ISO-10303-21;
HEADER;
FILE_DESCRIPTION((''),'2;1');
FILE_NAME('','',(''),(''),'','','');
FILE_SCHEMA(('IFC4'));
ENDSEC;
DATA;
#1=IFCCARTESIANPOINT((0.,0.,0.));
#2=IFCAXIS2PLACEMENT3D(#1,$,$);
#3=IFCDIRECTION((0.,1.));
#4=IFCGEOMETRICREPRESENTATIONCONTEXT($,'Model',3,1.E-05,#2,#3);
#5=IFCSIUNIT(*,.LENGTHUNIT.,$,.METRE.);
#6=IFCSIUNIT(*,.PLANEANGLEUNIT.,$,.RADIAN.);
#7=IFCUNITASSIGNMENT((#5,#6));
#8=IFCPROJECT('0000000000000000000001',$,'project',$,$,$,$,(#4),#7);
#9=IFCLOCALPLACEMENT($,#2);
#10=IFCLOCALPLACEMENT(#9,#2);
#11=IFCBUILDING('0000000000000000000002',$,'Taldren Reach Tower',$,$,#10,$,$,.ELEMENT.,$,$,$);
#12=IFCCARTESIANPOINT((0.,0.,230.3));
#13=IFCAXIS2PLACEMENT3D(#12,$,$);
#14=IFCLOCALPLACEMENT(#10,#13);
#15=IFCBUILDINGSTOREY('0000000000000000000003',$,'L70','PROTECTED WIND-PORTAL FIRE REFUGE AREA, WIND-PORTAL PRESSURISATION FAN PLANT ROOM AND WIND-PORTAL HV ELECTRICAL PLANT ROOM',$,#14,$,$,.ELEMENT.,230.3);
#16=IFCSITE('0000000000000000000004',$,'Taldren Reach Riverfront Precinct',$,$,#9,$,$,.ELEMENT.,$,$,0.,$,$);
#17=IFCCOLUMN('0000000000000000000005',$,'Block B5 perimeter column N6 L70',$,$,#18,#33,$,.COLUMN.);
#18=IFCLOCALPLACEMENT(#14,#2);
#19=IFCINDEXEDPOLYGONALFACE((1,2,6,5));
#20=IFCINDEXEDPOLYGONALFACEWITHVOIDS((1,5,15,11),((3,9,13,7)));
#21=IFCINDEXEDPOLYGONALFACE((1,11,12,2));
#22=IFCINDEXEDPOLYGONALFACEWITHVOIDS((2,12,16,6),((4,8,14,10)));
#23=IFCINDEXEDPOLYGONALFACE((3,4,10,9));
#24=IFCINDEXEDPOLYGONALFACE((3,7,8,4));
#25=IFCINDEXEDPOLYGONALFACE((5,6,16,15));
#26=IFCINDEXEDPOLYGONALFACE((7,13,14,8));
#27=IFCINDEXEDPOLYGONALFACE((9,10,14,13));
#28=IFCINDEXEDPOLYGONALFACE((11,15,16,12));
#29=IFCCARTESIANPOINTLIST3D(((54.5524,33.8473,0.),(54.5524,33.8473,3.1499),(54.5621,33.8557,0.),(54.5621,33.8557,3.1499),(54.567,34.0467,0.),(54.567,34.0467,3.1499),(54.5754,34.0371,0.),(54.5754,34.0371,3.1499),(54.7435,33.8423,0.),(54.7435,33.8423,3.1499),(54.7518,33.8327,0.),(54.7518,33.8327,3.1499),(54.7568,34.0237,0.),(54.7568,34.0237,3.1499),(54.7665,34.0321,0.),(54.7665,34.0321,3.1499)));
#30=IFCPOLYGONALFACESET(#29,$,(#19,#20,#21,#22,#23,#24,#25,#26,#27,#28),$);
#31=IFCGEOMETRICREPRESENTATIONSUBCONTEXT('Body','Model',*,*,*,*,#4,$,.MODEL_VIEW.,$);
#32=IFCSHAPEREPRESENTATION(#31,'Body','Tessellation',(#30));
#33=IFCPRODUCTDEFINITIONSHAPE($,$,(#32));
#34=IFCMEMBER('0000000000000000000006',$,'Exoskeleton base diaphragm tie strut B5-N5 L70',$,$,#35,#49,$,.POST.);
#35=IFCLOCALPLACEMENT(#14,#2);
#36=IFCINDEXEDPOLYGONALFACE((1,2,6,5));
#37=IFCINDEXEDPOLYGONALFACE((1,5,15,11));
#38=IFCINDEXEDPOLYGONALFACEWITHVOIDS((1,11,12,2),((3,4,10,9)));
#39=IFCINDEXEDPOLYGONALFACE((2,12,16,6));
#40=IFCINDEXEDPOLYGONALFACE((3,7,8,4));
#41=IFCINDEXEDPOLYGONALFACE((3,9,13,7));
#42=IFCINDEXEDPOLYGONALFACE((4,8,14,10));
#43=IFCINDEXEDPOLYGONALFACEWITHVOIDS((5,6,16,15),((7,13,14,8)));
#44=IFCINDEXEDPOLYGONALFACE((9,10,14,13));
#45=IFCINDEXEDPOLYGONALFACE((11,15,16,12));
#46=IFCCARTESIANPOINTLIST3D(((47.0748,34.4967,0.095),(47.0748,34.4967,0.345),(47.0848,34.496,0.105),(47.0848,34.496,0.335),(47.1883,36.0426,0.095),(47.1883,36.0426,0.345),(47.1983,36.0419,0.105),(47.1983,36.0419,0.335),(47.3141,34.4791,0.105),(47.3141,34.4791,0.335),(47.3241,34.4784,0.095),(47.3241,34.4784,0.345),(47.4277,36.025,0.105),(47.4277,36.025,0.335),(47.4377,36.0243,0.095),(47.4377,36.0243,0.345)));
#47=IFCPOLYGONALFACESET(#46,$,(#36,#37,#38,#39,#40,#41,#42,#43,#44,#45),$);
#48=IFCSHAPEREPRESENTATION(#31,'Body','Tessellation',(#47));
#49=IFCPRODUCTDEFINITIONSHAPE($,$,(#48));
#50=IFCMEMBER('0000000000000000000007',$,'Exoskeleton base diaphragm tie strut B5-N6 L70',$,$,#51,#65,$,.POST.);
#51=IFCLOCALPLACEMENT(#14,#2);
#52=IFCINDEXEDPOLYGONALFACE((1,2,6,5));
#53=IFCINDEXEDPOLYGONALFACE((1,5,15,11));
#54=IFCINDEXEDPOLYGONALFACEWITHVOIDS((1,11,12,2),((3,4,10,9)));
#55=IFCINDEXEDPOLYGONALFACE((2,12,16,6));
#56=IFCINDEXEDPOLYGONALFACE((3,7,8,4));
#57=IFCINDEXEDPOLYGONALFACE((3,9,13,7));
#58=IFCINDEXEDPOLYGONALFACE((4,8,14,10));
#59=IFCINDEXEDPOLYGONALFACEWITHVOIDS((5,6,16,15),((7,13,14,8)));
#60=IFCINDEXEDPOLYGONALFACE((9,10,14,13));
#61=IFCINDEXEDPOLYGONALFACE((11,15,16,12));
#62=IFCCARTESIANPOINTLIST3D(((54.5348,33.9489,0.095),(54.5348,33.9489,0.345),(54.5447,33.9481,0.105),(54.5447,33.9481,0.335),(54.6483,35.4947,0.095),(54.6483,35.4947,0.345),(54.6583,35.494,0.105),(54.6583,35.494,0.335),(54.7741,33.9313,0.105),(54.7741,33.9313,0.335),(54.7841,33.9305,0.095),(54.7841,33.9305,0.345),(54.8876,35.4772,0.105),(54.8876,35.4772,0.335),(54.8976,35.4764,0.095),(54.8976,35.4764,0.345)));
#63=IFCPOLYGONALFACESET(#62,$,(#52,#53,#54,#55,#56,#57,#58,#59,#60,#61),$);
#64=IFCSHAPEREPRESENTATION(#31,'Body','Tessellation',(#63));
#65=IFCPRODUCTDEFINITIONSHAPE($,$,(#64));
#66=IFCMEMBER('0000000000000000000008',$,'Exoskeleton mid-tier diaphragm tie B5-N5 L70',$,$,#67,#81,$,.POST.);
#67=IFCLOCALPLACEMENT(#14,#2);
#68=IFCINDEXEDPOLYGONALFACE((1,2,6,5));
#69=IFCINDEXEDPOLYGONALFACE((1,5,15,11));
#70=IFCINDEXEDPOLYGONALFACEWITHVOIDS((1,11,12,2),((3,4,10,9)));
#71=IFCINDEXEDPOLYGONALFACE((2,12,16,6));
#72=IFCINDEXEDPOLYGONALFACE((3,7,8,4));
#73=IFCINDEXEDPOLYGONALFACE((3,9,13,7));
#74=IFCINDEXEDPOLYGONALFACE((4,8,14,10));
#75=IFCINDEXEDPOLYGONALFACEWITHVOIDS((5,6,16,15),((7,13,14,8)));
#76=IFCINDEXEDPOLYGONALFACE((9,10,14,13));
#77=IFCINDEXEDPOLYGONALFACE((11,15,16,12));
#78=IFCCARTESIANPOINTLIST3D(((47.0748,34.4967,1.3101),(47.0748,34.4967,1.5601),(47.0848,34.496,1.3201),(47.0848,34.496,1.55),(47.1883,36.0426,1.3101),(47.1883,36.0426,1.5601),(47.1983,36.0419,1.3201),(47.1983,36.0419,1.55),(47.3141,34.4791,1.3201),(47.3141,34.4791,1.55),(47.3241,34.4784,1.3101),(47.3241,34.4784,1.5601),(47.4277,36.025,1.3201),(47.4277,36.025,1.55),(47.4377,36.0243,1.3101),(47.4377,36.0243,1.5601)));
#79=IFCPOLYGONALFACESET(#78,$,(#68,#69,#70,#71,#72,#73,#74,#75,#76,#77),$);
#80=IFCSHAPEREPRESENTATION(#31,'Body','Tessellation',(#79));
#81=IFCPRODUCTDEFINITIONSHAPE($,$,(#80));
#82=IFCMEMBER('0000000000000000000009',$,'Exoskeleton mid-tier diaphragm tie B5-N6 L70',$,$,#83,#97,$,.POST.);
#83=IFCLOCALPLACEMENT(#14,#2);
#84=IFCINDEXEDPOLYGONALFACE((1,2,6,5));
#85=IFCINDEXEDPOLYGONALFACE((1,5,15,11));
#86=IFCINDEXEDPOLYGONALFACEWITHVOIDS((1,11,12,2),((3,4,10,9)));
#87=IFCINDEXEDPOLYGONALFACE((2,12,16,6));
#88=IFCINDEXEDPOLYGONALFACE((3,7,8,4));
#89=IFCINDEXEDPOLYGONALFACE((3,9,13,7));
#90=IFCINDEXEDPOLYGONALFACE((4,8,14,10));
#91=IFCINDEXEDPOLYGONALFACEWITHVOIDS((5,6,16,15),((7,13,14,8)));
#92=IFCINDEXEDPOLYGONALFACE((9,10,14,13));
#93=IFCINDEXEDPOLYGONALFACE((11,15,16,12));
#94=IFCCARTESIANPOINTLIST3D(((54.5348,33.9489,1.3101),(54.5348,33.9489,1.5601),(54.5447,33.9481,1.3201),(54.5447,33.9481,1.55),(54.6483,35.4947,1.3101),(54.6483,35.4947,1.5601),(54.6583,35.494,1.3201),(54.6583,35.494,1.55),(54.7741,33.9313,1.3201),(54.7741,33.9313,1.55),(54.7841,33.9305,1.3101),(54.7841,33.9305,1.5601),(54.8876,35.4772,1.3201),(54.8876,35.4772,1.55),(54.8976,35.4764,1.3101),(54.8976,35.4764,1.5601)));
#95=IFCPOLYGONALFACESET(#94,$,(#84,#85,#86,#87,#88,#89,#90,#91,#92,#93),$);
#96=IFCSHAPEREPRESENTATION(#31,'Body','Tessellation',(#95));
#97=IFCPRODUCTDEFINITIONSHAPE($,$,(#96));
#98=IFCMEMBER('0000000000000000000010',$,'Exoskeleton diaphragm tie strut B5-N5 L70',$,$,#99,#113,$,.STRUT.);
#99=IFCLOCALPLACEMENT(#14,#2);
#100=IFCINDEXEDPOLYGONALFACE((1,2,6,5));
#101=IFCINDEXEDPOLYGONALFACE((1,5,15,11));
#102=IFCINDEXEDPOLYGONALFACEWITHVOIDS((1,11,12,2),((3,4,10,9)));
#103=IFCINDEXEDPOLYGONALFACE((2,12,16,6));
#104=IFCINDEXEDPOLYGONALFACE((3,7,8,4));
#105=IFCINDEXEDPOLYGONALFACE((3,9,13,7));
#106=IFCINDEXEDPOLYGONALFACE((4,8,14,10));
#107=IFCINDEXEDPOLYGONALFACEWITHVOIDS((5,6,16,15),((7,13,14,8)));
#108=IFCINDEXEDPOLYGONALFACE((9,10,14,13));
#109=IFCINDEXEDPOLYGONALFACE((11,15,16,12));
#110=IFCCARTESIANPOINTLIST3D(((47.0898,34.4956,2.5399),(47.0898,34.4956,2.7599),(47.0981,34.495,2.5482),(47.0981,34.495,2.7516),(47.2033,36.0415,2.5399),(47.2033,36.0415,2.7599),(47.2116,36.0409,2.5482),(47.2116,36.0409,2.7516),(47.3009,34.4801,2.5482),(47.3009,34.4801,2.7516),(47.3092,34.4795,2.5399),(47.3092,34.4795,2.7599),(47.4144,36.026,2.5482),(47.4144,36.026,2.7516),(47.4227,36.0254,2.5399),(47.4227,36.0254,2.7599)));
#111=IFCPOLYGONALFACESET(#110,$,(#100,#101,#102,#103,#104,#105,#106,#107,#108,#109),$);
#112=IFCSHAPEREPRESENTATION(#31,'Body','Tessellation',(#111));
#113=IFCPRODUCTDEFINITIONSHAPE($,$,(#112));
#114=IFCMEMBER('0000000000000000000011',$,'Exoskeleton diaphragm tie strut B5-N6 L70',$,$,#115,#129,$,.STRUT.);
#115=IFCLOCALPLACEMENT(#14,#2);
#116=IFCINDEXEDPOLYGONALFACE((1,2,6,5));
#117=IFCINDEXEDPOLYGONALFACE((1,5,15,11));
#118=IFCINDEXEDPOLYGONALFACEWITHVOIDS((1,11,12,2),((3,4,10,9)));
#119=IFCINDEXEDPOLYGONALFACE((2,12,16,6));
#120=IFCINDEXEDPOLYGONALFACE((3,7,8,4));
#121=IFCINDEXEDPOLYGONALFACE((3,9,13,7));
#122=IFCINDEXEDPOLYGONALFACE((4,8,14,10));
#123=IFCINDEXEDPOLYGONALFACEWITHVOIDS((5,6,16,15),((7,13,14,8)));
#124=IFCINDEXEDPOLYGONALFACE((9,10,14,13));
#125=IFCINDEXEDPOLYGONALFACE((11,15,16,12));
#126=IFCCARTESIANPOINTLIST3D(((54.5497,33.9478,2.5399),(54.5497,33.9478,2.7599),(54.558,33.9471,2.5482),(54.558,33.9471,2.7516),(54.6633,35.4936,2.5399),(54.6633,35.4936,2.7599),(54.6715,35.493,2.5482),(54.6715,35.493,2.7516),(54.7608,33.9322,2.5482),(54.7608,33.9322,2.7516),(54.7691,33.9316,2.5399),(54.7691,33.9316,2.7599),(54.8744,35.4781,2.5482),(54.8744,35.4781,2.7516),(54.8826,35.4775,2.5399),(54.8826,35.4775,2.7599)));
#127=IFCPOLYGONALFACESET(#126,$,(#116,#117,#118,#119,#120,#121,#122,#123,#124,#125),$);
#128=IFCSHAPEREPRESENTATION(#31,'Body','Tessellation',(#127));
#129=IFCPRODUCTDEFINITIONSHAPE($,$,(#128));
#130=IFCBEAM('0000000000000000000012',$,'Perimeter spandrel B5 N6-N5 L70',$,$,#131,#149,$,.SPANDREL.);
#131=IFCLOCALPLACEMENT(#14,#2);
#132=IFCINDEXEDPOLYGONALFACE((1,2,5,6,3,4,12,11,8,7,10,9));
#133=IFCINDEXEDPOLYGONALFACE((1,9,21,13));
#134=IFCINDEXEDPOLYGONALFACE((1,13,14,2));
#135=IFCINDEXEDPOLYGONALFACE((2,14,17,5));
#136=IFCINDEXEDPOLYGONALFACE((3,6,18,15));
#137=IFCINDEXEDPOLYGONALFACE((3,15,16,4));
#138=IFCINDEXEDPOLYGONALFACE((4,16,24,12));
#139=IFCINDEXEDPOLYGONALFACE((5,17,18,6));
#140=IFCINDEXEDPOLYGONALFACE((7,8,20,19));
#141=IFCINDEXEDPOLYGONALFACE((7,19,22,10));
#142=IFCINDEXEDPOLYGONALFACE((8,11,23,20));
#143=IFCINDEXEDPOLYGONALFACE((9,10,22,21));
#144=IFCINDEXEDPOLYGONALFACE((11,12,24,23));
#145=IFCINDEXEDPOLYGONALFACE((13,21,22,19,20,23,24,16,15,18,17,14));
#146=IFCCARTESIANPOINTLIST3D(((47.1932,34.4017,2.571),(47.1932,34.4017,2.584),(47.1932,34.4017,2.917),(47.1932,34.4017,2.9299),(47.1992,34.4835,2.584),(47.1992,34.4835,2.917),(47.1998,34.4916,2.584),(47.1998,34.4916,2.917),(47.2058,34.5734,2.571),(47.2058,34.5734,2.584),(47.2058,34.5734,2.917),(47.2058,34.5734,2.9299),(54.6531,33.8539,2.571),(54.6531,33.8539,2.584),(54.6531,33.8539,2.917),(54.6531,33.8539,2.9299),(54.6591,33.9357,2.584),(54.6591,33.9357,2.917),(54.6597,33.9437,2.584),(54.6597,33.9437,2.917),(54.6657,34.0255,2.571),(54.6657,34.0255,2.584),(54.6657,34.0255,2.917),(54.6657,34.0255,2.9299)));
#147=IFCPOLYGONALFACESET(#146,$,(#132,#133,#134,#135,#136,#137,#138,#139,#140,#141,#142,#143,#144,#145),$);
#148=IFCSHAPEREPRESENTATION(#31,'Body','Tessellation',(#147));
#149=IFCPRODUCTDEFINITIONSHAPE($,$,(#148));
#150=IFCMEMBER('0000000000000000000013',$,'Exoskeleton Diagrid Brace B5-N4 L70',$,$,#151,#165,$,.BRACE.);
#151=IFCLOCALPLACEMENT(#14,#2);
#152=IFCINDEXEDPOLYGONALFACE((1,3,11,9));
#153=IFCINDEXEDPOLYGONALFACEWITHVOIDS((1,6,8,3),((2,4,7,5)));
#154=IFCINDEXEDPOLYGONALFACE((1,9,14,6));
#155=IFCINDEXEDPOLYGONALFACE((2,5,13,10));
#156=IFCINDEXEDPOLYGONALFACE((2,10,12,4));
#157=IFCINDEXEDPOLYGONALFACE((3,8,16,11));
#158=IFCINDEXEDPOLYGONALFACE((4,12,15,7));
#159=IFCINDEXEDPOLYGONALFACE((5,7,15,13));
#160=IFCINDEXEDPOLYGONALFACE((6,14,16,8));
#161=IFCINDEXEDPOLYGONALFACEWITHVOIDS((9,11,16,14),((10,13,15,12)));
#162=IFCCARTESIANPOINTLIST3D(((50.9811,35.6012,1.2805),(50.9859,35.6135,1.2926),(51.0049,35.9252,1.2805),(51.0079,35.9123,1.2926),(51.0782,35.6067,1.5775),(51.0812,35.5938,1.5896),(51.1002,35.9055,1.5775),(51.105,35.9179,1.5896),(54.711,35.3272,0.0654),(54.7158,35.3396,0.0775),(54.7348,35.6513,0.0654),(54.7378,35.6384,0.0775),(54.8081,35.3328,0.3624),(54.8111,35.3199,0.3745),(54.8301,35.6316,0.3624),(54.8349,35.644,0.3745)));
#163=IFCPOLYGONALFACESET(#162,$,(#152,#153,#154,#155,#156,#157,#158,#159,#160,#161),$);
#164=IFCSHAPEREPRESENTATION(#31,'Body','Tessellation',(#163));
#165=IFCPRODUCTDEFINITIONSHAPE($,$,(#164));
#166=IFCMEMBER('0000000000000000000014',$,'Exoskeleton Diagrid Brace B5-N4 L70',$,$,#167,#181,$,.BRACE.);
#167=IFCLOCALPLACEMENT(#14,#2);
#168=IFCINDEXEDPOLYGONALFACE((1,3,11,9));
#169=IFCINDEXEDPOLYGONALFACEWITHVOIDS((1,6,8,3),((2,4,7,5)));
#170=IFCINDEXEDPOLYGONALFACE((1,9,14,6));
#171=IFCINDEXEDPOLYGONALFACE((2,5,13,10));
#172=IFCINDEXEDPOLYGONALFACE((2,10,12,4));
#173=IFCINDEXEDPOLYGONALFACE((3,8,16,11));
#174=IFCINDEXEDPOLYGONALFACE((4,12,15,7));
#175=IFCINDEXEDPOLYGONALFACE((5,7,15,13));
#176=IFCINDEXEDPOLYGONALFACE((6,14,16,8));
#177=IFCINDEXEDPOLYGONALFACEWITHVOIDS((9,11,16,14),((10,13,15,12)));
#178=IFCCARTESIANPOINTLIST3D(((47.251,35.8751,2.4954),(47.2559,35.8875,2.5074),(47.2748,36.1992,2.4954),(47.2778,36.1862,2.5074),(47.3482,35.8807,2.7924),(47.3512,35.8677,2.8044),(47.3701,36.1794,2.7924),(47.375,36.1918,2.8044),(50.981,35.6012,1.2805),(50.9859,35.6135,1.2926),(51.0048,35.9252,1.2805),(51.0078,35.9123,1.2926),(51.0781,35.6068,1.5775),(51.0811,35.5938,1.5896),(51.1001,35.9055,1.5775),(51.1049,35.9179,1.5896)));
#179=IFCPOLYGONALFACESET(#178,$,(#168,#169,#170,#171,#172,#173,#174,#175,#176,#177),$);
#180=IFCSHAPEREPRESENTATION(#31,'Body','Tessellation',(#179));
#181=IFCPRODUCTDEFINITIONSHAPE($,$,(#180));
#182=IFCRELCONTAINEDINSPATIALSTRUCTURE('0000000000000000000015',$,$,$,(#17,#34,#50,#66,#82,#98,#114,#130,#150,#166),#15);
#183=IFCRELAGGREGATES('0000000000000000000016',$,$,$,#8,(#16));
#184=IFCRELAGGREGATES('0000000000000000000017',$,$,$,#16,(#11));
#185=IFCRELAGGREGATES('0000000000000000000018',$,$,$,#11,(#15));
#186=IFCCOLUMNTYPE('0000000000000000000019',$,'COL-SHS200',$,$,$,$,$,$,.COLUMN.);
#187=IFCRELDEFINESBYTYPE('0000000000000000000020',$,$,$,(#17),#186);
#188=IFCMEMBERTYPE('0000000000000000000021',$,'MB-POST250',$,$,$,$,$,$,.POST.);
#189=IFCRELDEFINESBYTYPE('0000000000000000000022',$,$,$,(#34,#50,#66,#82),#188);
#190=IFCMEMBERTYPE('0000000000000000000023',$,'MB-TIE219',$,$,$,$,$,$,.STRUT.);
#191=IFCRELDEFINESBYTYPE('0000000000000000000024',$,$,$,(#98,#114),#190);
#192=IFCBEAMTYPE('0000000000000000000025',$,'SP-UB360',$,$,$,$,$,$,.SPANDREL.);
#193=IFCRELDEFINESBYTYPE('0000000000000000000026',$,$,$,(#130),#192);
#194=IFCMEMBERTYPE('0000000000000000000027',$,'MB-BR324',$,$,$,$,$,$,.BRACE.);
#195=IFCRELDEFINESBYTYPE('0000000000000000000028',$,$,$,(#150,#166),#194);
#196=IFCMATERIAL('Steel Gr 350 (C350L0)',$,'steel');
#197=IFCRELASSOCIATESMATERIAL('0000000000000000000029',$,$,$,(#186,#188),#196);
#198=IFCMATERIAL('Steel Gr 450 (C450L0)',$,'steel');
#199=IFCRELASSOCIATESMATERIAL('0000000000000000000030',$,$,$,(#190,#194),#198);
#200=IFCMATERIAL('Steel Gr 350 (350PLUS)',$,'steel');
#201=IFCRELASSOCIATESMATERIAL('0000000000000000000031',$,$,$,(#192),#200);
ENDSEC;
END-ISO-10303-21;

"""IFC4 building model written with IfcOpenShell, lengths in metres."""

from ifc_helpers import new_model, si_unit, direction, frame, origin, origin_2d, place, context, subcontext, project, spatial, hollow_rectangle, i_section, extrude, source, transform, mapped, material, material_profile, profile_set, type_object, element, save


model = new_model("IFC4")

# Units and contexts
model_context = context("Model", 3, precision=1e-05, world=origin(), true_north=direction((0.0, 1.0)))
body_context = subcontext(model_context, "Body", "Model", "MODEL_VIEW")
ifc_project = project(units=[si_unit("LENGTHUNIT", "METRE"), si_unit("PLANEANGLEUNIT", "RADIAN")], contexts=[model_context])

# Site, building, storey
site_placement = place(None, origin())
site = spatial("IfcSite", under=ifc_project, at=site_placement, Name="Taldren Reach Riverfront Precinct", CompositionType="ELEMENT", RefElevation=0.0)
building_placement = place(site_placement, origin())
building = spatial("IfcBuilding", under=site, at=building_placement, Name="Taldren Reach Tower", CompositionType="ELEMENT")
storey_placement = place(building_placement, frame((0.0, 0.0, 230.3)))
storey = spatial("IfcBuildingStorey", under=building, at=storey_placement, Name="L70", Description="PROTECTED WIND-PORTAL FIRE REFUGE AREA, WIND-PORTAL PRESSURISATION FAN PLANT ROOM AND WIND-PORTAL HV ELECTRICAL PLANT ROOM", CompositionType="ELEMENT", Elevation=230.3)

# Column
ifc_material_1 = material(Name="Steel Gr 350 (C350L0)", Category="steel")
ifc_material_profile_1 = material_profile(ifc_material_1, hollow_rectangle(XDim=0.2, YDim=0.2, WallThickness=0.009, at=origin_2d()), Name="200x200x9.0SHS")
ifc_profile_set_1 = profile_set([ifc_material_profile_1], Name="Steel Gr 350 (C350L0)")
column_type = type_object("IfcColumnType", Name="COL-SHS200", PredefinedType="COLUMN", material=ifc_profile_set_1)
shared_shape_1 = source(origin(), body_context, "Body", "SweptSolid", [
    extrude(hollow_rectangle(XDim=0.2, YDim=0.2, WallThickness=0.009, at=origin_2d()), origin(), (0.0, 0.0, 1.0), 3.1499),
])
column_placement = place(storey_placement, frame((54.6594, 33.9397, 0.0), z_axis=(0.0, 0.0, 1.0), x_axis=(0.997314, -0.073238, 0.0)))
element("IfcColumn", 1, at=column_placement, inside=storey, type_object=column_type, Name="Block B5 perimeter column N6 L70", PredefinedType="COLUMN", context=body_context, shape_type="MappedRepresentation", body=[
    mapped(shared_shape_1, transform((0.0, 0.0, 0.0), scale=1.0)),
])

# Members
ifc_material_profile_2 = material_profile(ifc_material_1, hollow_rectangle(XDim=0.25, YDim=0.25, WallThickness=0.01, at=origin_2d()), Name="250x250x10.0SHS")
ifc_profile_set_2 = profile_set([ifc_material_profile_2], Name="Steel Gr 350 (C350L0)")
member_type_1 = type_object("IfcMemberType", Name="MB-POST250", PredefinedType="POST", material=ifc_profile_set_2)
shared_shape_2 = source(origin(), body_context, "Body", "SweptSolid", [
    extrude(hollow_rectangle(XDim=0.25, YDim=0.25, WallThickness=0.01, at=origin_2d()), origin(), (0.0, 0.0, 1.0), 1.55),
])
for number, where, z_axis, x_axis, name in (
    (2, (47.1995, 34.4875, 0.22), (0.073239, 0.997314, 0.0), (-0.997314, 0.073239, 0.0), "Exoskeleton base diaphragm tie strut B5-N5 L70"),
    (3, (54.6594, 33.9397, 0.22), (0.073239, 0.997314, 0.0), (-0.997314, 0.073239, 0.0), "Exoskeleton base diaphragm tie strut B5-N6 L70"),
    (4, (47.1995, 34.4875, 1.4351), (0.073239, 0.997314, 0.0), (-0.997314, 0.073239, 0.0), "Exoskeleton mid-tier diaphragm tie B5-N5 L70"),
    (5, (54.6594, 33.9397, 1.4351), (0.073239, 0.997314, 0.0), (-0.997314, 0.073239, 0.0), "Exoskeleton mid-tier diaphragm tie B5-N6 L70"),
):
    element("IfcMember", number, at=place(storey_placement, frame(where, z_axis=z_axis, x_axis=x_axis)), inside=storey, type_object=member_type_1, Name=name, PredefinedType="POST", context=body_context, shape_type="MappedRepresentation", body=[
        mapped(shared_shape_2, transform((0.0, 0.0, 0.0), scale=1.0)),
    ])
ifc_material_2 = material(Name="Steel Gr 450 (C450L0)", Category="steel")
ifc_material_profile_3 = material_profile(ifc_material_2, hollow_rectangle(XDim=0.22, YDim=0.22, WallThickness=0.0083, at=origin_2d()), Name="220x220x8.2SHS")
ifc_profile_set_3 = profile_set([ifc_material_profile_3], Name="Steel Gr 450 (C450L0)")
member_type_2 = type_object("IfcMemberType", Name="MB-TIE219", PredefinedType="STRUT", material=ifc_profile_set_3)
shared_shape_3 = source(origin(), body_context, "Body", "SweptSolid", [
    extrude(hollow_rectangle(XDim=0.22, YDim=0.22, WallThickness=0.0083, at=origin_2d()), origin(), (0.0, 0.0, 1.0), 1.55),
])
for number, where, z_axis, x_axis, name in (
    (6, (47.1995, 34.4875, 2.6499), (0.073239, 0.997314, 0.0), (-0.997314, 0.073239, 0.0), "Exoskeleton diaphragm tie strut B5-N5 L70"),
    (7, (54.6594, 33.9397, 2.6499), (0.073239, 0.997314, 0.0), (-0.997314, 0.073239, 0.0), "Exoskeleton diaphragm tie strut B5-N6 L70"),
):
    element("IfcMember", number, at=place(storey_placement, frame(where, z_axis=z_axis, x_axis=x_axis)), inside=storey, type_object=member_type_2, Name=name, PredefinedType="STRUT", context=body_context, shape_type="MappedRepresentation", body=[
        mapped(shared_shape_3, transform((0.0, 0.0, 0.0), scale=1.0)),
    ])

# Beam
ifc_material_3 = material(Name="Steel Gr 350 (350PLUS)", Category="steel")
ifc_material_profile_4 = material_profile(ifc_material_3, i_section(OverallWidth=0.1721, OverallDepth=0.3589, WebThickness=0.0081, FlangeThickness=0.0129, at=origin_2d()), Name="360UB56.7")
ifc_profile_set_4 = profile_set([ifc_material_profile_4], Name="Steel Gr 350 (350PLUS)")
beam_type = type_object("IfcBeamType", Name="SP-UB360", PredefinedType="SPANDREL", material=ifc_profile_set_4)
shared_shape_4 = source(origin(), body_context, "Body", "SweptSolid", [
    extrude(i_section(OverallWidth=0.1721, OverallDepth=0.3589, WebThickness=0.0081, FlangeThickness=0.0129, at=origin_2d()), origin(), (0.0, 0.0, 1.0), 7.48),
])
beam_placement = place(storey_placement, frame((54.6594, 33.9397, 2.7505), z_axis=(-0.997314, 0.073242, 0.0), x_axis=(-0.073242, -0.997314, 0.0)))
element("IfcBeam", 8, at=beam_placement, inside=storey, type_object=beam_type, Name="Perimeter spandrel B5 N6-N5 L70", PredefinedType="SPANDREL", context=body_context, shape_type="MappedRepresentation", body=[
    mapped(shared_shape_4, transform((0.0, 0.0, 0.0), scale=1.0)),
])

# Members
ifc_material_profile_5 = material_profile(ifc_material_2, hollow_rectangle(XDim=0.325, YDim=0.325, WallThickness=0.0127, at=origin_2d()), Name="325x325x12.7SHS")
ifc_profile_set_5 = profile_set([ifc_material_profile_5], Name="Steel Gr 450 (C450L0)")
member_type_3 = type_object("IfcMemberType", Name="MB-BR324", PredefinedType="BRACE", material=ifc_profile_set_5)
shared_shape_5 = source(origin(), body_context, "Body", "SweptSolid", [
    extrude(hollow_rectangle(XDim=0.325, YDim=0.325, WallThickness=0.0127, at=origin_2d()), origin(), (0.0, 0.0, 1.0), 3.9324),
])
for number, where, z_axis, x_axis, name in (
    (9, (54.7729, 35.4856, 0.22), (-0.948511, 0.069658, 0.308989), (-0.073242, -0.997314, 0.0), "Exoskeleton Diagrid Brace B5-N4 L70"),
    (10, (51.043, 35.7595, 1.4351), (-0.948529, 0.069659, 0.308933), (-0.073242, -0.997314, 0.0), "Exoskeleton Diagrid Brace B5-N4 L70"),
):
    element("IfcMember", number, at=place(storey_placement, frame(where, z_axis=z_axis, x_axis=x_axis)), inside=storey, type_object=member_type_3, Name=name, PredefinedType="BRACE", context=body_context, shape_type="MappedRepresentation", body=[
        mapped(shared_shape_5, transform((0.0, 0.0, 0.0), scale=1.0)),
    ])

save(model, "model.ifc")
